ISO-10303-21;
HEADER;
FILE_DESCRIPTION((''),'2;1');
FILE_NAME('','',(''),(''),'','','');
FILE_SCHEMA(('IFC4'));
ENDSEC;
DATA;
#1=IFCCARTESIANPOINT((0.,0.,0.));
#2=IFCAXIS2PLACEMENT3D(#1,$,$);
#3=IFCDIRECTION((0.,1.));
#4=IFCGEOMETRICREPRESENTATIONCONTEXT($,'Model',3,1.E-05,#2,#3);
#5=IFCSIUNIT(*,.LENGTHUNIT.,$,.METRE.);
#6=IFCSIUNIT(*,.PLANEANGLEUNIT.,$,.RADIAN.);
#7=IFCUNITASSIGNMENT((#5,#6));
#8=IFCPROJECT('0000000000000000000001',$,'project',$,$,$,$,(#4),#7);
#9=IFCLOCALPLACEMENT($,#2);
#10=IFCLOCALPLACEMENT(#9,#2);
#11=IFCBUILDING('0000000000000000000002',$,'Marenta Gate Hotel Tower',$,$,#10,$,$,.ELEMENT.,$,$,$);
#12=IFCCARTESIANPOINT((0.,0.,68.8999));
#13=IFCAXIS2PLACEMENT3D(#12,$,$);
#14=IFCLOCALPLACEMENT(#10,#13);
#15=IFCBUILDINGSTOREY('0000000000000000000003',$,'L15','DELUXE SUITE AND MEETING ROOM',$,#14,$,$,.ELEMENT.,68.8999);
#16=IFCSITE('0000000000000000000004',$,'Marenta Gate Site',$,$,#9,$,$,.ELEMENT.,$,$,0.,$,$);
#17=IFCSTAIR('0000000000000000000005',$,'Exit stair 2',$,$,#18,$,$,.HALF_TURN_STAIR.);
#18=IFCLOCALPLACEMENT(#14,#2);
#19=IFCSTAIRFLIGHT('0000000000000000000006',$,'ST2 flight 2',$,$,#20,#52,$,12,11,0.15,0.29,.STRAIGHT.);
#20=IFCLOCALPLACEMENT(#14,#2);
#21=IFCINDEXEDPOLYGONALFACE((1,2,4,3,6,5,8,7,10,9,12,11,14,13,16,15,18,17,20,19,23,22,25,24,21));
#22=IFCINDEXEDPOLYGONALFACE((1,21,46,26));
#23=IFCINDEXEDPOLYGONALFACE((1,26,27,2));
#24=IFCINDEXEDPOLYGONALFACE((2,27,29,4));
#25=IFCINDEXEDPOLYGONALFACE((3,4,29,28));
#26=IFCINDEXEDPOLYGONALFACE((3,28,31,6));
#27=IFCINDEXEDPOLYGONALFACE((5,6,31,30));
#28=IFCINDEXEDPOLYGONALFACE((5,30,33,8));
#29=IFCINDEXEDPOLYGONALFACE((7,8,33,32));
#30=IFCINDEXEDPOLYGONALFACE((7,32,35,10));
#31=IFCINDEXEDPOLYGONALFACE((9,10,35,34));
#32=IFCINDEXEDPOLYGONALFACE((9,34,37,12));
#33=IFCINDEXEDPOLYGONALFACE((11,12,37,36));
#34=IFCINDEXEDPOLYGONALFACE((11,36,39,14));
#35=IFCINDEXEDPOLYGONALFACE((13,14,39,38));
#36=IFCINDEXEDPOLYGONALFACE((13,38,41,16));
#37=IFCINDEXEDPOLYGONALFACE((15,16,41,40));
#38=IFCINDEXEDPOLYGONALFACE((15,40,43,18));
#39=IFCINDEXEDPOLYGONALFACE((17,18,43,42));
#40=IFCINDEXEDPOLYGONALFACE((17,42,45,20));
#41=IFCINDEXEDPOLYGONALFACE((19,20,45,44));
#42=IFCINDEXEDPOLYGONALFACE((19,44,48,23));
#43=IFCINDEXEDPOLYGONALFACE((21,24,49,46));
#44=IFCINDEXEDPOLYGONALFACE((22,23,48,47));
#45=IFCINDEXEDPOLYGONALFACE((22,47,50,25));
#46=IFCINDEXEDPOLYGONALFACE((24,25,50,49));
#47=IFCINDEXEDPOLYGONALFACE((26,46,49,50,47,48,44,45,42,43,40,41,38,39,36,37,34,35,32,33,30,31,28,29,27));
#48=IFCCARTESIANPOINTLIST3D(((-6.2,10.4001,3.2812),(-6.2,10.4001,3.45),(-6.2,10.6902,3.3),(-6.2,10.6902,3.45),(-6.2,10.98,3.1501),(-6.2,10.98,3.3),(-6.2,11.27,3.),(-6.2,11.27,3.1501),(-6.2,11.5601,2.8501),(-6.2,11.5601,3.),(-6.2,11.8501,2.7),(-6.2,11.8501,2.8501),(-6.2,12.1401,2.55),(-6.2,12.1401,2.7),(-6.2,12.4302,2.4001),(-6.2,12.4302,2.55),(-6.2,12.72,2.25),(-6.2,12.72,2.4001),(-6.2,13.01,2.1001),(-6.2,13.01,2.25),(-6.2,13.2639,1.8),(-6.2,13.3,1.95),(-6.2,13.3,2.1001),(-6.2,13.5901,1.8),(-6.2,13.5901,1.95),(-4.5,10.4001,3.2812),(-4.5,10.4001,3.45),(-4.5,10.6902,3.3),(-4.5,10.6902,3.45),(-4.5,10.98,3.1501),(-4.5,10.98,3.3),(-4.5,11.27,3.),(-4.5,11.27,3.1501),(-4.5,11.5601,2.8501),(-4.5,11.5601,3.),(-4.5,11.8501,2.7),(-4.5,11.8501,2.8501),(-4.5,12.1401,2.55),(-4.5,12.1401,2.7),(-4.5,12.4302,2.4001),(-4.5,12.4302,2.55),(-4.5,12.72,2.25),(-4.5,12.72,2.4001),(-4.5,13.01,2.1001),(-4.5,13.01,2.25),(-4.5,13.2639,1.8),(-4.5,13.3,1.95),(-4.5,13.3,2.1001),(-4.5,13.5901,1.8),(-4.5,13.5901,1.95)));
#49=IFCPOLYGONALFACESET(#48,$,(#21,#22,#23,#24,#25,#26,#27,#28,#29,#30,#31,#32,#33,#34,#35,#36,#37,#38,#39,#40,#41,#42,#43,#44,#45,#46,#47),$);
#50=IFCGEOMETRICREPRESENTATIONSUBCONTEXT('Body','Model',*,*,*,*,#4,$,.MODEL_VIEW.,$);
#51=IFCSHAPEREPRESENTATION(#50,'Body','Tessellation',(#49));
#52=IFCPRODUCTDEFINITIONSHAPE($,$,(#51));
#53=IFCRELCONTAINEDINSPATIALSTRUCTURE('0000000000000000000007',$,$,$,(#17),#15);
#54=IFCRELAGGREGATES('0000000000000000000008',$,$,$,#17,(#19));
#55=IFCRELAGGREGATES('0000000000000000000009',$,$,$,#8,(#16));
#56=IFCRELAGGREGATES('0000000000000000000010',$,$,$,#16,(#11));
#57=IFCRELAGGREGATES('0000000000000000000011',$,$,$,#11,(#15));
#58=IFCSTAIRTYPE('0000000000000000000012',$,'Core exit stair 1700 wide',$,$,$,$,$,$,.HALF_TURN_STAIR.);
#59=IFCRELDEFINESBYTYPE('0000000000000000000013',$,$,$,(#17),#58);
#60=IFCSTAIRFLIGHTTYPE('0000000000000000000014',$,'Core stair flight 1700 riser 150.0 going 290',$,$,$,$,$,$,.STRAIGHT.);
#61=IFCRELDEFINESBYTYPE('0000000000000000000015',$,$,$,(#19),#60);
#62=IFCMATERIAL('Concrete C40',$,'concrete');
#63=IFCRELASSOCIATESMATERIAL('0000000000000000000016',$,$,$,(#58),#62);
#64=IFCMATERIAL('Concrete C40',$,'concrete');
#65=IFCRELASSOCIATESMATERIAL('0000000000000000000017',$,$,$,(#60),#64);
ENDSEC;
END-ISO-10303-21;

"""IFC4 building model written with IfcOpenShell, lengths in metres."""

from ifc_helpers import new_model, si_unit, direction, frame, origin, place, context, subcontext, project, spatial, polyline, outline, extrude, material, type_object, element, aggregate, save


model = new_model("IFC4")

# Units and contexts
model_context = context("Model", 3, precision=1e-05, world=origin(), true_north=direction((0.0, 1.0)))
body_context = subcontext(model_context, "Body", "Model", "MODEL_VIEW")
ifc_project = project(units=[si_unit("LENGTHUNIT", "METRE"), si_unit("PLANEANGLEUNIT", "RADIAN")], contexts=[model_context])

# Site, building, storey
site_placement = place(None, origin())
site = spatial("IfcSite", under=ifc_project, at=site_placement, Name="Marenta Gate Site", CompositionType="ELEMENT", RefElevation=0.0)
building_placement = place(site_placement, origin())
building = spatial("IfcBuilding", under=site, at=building_placement, Name="Marenta Gate Hotel Tower", CompositionType="ELEMENT")
storey_placement = place(building_placement, frame((0.0, 0.0, 68.8999)))
storey = spatial("IfcBuildingStorey", under=building, at=storey_placement, Name="L15", Description="DELUXE SUITE AND MEETING ROOM", CompositionType="ELEMENT", Elevation=68.8999)

# Stair, stair flight
ifc_material_1 = material(Name="Concrete C40", Category="concrete")
stair_type = type_object("IfcStairType", Name="Core exit stair 1700 wide", PredefinedType="HALF_TURN_STAIR", material=ifc_material_1)
ifc_material_2 = material(Name="Concrete C40", Category="concrete")
stair_flight_type = type_object("IfcStairFlightType", Name="Core stair flight 1700 riser 150.0 going 290", PredefinedType="STRAIGHT", material=ifc_material_2)
stair_1_placement = place(storey_placement, origin())
stair_1 = element("IfcStair", 1, at=stair_1_placement, inside=storey, type_object=stair_type, Name="Exit stair 2", PredefinedType="HALF_TURN_STAIR")
stair_flight_1_placement = place(storey_placement, frame((-5.3501, 13.5901, 1.8), z_axis=(0.0, 0.0, 1.0), x_axis=(0.0, -1.0, 0.0)))
stair_flight_1 = element("IfcStairFlight", 2, at=stair_flight_1_placement, type_object=stair_flight_type, Name="ST2 flight 2", NumberOfRisers=12, NumberOfTreads=11, PredefinedType="STRAIGHT", RiserHeight=0.15, TreadLength=0.29, context=body_context, shape_type="SweptSolid", body=[
    extrude(outline(polyline([(0.0, 0.0), (0.0, 0.1499), (0.29, 0.1499), (0.29, 0.3), (0.5801, 0.3), (0.5801, 0.45), (0.8701, 0.45), (0.8701, 0.6001), (1.1599, 0.6001), (1.1599, 0.75), (1.45, 0.75), (1.45, 0.8999), (1.74, 0.8999), (1.74, 1.05), (2.03, 1.05), (2.03, 1.2), (2.3201, 1.2), (2.3201, 1.3501), (2.6101, 1.3501), (2.6101, 1.5), (2.8999, 1.5), (2.8999, 1.6499), (3.1899, 1.6499), (3.1899, 1.8), (3.1899, 1.4812), (0.3262, 0.0), (0.0, 0.0)])), frame((0.0, 0.8501, 0.0), z_axis=(0.0, -1.0, 0.0), x_axis=(1.0, 0.0, 0.0)), (0.0, 0.0, 1.0), 1.7),
])
aggregate(stair_1, [stair_flight_1])

save(model, "model.ifc")
